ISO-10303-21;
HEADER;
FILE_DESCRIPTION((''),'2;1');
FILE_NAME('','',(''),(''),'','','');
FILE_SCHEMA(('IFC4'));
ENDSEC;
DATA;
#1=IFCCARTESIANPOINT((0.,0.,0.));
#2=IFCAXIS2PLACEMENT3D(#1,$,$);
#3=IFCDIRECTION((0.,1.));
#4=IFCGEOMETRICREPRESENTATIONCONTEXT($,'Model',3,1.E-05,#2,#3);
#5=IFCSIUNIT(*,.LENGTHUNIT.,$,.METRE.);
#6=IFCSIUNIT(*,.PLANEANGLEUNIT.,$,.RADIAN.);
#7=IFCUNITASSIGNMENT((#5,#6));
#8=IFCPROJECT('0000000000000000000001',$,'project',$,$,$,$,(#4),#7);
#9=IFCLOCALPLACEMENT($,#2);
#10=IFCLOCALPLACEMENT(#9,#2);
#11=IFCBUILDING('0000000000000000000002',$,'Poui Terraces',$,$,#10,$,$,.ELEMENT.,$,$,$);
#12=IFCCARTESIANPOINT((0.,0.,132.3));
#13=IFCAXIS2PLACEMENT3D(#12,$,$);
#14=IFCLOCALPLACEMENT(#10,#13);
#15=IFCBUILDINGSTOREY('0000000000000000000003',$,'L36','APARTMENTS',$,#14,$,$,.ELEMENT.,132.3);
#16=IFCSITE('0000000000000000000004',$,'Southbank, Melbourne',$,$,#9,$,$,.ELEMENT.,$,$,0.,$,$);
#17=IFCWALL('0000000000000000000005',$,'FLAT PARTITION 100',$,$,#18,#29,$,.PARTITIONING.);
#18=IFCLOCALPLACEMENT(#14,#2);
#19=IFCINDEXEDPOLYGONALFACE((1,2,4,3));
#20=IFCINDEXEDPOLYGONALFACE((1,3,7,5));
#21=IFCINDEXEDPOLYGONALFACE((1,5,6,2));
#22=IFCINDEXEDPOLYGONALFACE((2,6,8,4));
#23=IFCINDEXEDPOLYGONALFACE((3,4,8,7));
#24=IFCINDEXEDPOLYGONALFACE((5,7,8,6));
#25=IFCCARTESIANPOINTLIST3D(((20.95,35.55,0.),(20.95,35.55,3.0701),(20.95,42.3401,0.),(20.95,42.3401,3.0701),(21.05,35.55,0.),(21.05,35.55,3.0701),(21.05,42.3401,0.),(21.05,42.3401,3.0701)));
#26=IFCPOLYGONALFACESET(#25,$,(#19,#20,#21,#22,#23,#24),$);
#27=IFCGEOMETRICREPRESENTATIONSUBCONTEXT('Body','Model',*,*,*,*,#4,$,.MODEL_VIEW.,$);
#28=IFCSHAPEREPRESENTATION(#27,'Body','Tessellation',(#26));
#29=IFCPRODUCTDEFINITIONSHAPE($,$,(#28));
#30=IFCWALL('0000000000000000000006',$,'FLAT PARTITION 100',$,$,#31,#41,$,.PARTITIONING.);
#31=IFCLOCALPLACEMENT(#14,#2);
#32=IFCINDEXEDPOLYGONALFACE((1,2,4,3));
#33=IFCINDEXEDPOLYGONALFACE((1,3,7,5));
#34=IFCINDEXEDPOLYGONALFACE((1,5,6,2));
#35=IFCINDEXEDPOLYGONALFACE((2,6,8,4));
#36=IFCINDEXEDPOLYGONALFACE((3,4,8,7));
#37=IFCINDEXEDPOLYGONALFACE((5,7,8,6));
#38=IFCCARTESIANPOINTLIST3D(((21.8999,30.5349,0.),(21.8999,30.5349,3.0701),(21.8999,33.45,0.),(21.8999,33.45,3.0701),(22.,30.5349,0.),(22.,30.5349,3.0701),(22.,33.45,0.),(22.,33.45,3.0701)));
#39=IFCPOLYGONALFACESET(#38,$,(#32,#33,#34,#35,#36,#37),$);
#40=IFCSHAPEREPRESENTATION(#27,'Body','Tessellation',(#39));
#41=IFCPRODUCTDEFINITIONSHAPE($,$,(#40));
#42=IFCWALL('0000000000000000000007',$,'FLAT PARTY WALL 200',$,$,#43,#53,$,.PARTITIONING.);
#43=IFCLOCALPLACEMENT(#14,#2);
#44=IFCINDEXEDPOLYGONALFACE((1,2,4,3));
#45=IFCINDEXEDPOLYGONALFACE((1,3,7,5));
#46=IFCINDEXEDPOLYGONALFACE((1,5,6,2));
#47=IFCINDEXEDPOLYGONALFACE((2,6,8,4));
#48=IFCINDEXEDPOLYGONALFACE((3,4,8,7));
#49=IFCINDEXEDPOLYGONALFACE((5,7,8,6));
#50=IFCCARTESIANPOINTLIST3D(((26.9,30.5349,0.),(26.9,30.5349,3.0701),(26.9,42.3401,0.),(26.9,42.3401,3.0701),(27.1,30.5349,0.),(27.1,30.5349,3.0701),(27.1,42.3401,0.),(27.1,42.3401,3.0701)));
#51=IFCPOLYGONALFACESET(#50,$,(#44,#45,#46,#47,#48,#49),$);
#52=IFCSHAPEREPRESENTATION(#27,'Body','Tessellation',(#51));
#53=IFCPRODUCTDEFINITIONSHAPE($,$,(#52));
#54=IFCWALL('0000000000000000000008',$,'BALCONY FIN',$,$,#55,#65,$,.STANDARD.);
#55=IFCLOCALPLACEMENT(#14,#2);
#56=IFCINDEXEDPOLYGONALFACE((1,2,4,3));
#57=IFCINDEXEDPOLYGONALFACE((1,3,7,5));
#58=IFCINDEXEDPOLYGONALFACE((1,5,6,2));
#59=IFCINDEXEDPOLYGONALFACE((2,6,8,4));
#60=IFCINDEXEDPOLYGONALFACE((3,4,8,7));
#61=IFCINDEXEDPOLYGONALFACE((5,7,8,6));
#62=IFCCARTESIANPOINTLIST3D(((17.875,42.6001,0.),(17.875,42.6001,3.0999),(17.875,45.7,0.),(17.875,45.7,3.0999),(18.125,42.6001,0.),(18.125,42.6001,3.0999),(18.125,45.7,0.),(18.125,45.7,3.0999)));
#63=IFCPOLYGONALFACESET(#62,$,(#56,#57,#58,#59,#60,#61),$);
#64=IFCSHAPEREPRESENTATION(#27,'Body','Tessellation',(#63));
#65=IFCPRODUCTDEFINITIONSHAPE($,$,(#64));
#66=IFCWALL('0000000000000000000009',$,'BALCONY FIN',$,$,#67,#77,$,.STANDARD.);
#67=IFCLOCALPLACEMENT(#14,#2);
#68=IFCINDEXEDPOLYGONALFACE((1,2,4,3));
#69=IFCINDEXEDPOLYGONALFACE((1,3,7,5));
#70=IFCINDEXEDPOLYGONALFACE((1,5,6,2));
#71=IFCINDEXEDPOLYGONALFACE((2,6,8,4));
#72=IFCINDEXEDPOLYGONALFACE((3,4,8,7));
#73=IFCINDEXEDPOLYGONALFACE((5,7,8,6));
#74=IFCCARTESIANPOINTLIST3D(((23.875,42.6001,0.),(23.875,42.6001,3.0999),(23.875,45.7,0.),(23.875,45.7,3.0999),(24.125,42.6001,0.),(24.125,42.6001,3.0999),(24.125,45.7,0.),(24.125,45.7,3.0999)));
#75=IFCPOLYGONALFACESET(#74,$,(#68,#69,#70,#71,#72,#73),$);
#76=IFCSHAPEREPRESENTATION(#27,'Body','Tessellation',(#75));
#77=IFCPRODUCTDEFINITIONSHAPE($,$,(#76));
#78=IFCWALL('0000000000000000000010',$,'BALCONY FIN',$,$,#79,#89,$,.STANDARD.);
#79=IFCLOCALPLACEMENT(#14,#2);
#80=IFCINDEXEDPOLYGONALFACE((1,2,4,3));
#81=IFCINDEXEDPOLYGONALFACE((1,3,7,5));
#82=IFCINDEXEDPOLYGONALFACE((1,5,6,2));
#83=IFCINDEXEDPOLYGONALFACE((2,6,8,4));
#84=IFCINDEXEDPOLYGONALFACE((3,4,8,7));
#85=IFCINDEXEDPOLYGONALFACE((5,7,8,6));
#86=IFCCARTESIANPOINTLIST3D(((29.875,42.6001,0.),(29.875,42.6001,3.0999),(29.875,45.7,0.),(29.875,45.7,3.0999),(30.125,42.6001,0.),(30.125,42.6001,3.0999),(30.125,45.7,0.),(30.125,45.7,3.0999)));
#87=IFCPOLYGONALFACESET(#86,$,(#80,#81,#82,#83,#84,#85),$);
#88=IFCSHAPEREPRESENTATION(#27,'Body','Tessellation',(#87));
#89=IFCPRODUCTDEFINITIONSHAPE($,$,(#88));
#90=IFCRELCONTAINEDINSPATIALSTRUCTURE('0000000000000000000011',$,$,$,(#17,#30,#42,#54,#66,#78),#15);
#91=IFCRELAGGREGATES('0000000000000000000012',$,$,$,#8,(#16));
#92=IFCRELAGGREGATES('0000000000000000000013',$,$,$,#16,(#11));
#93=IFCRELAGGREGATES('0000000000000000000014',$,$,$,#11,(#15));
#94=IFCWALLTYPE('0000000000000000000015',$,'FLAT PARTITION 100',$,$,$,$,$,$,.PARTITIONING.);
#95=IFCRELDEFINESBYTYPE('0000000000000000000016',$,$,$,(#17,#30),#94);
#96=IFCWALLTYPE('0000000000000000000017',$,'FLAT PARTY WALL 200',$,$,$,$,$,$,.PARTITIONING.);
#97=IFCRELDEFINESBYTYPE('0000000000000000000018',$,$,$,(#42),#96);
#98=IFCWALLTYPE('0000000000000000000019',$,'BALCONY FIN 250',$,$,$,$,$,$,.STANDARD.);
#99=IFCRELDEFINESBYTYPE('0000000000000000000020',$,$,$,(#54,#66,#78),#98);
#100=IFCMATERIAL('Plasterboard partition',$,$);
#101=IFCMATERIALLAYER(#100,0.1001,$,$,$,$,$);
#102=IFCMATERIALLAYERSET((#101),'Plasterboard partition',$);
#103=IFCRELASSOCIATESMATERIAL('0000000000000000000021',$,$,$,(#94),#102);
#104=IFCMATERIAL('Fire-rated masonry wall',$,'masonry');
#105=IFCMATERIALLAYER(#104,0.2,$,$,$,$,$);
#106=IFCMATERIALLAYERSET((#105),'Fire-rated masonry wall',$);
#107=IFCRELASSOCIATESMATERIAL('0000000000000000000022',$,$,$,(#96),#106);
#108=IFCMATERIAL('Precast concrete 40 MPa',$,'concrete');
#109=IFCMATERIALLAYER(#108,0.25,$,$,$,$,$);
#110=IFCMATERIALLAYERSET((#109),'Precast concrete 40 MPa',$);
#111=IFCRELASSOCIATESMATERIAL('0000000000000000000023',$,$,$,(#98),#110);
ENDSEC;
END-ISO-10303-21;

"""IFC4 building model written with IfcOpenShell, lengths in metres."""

from ifc_helpers import new_model, si_unit, direction, frame, frame_2d, origin, place, context, subcontext, project, spatial, polyline, rectangle, outline, extrude, source, transform, mapped, material, layer, layer_set, type_object, element, save


model = new_model("IFC4")

# Units and contexts
model_context = context("Model", 3, precision=1e-05, world=origin(), true_north=direction((0.0, 1.0)))
body_context = subcontext(model_context, "Body", "Model", "MODEL_VIEW")
ifc_project = project(units=[si_unit("LENGTHUNIT", "METRE"), si_unit("PLANEANGLEUNIT", "RADIAN")], contexts=[model_context])

# Site, building, storey
site_placement = place(None, origin())
site = spatial("IfcSite", under=ifc_project, at=site_placement, Name="Southbank, Melbourne", CompositionType="ELEMENT", RefElevation=0.0)
building_placement = place(site_placement, origin())
building = spatial("IfcBuilding", under=site, at=building_placement, Name="Poui Terraces", CompositionType="ELEMENT")
storey_placement = place(building_placement, frame((0.0, 0.0, 132.3)))
storey = spatial("IfcBuildingStorey", under=building, at=storey_placement, Name="L36", Description="APARTMENTS", CompositionType="ELEMENT", Elevation=132.3)

# Shared definitions
ifc_material_1 = material(Name="Plasterboard partition")
ifc_layer_1 = layer(ifc_material_1, 0.1001)
ifc_layer_set_1 = layer_set([ifc_layer_1], Name="Plasterboard partition")
wall_type_1 = type_object("IfcWallType", Name="FLAT PARTITION 100", PredefinedType="PARTITIONING", material=ifc_layer_set_1)

# Walls
wall_1_placement = place(storey_placement, frame((21.0, 35.55, 0.0), z_axis=(0.0, 0.0, 1.0), x_axis=(0.0, 1.0, 0.0)))
element("IfcWall", 1, at=wall_1_placement, inside=storey, type_object=wall_type_1, Name="FLAT PARTITION 100", PredefinedType="PARTITIONING", context=body_context, shape_type="SweptSolid", body=[
    extrude(rectangle(XDim=6.79, YDim=0.1001, at=frame_2d((3.395, 0.0))), origin(), (0.0, 0.0, 1.0), 3.0701),
])
wall_2_placement = place(storey_placement, frame((21.95, 30.5349, 0.0), z_axis=(0.0, 0.0, 1.0), x_axis=(0.0, 1.0, 0.0)))
element("IfcWall", 2, at=wall_2_placement, inside=storey, type_object=wall_type_1, Name="FLAT PARTITION 100", PredefinedType="PARTITIONING", context=body_context, shape_type="SweptSolid", body=[
    extrude(rectangle(XDim=2.915, YDim=0.1001, at=frame_2d((1.4575, 0.0))), origin(), (0.0, 0.0, 1.0), 3.0701),
])
ifc_material_2 = material(Name="Fire-rated masonry wall", Category="masonry")
ifc_layer_2 = layer(ifc_material_2, 0.2)
ifc_layer_set_2 = layer_set([ifc_layer_2], Name="Fire-rated masonry wall")
wall_type_2 = type_object("IfcWallType", Name="FLAT PARTY WALL 200", PredefinedType="PARTITIONING", material=ifc_layer_set_2)
wall_3_placement = place(storey_placement, frame((27.0, 30.5349, 0.0), z_axis=(0.0, 0.0, 1.0), x_axis=(0.0, 1.0, 0.0)))
element("IfcWall", 3, at=wall_3_placement, inside=storey, type_object=wall_type_2, Name="FLAT PARTY WALL 200", PredefinedType="PARTITIONING", context=body_context, shape_type="SweptSolid", body=[
    extrude(rectangle(XDim=11.8052, YDim=0.2, at=frame_2d((5.9026, 0.0))), origin(), (0.0, 0.0, 1.0), 3.0701),
])
ifc_material_3 = material(Name="Precast concrete 40 MPa", Category="concrete")
ifc_layer_3 = layer(ifc_material_3, 0.25)
ifc_layer_set_3 = layer_set([ifc_layer_3], Name="Precast concrete 40 MPa")
wall_type_3 = type_object("IfcWallType", Name="BALCONY FIN 250", PredefinedType="STANDARD", material=ifc_layer_set_3)
shared_shape_1 = source(origin(), body_context, "Body", "SweptSolid", [
    extrude(outline(polyline([(0.0, 0.0), (0.25, 0.0), (0.25, 3.0999), (0.0, 3.0999), (0.0, 0.0)])), origin(), (0.0, 0.0, 1.0), 3.0999),
])
for number, where, name in (
    (4, (17.875, 42.6001, 0.0), "BALCONY FIN"),
    (5, (23.875, 42.6001, 0.0), "BALCONY FIN"),
    (6, (29.875, 42.6001, 0.0), "BALCONY FIN"),
):
    element("IfcWall", number, at=place(storey_placement, frame(where)), inside=storey, type_object=wall_type_3, Name=name, PredefinedType="STANDARD", context=body_context, shape_type="MappedRepresentation", body=[
        mapped(shared_shape_1, transform((0.0, 0.0, 0.0))),
    ])

save(model, "model.ifc")
